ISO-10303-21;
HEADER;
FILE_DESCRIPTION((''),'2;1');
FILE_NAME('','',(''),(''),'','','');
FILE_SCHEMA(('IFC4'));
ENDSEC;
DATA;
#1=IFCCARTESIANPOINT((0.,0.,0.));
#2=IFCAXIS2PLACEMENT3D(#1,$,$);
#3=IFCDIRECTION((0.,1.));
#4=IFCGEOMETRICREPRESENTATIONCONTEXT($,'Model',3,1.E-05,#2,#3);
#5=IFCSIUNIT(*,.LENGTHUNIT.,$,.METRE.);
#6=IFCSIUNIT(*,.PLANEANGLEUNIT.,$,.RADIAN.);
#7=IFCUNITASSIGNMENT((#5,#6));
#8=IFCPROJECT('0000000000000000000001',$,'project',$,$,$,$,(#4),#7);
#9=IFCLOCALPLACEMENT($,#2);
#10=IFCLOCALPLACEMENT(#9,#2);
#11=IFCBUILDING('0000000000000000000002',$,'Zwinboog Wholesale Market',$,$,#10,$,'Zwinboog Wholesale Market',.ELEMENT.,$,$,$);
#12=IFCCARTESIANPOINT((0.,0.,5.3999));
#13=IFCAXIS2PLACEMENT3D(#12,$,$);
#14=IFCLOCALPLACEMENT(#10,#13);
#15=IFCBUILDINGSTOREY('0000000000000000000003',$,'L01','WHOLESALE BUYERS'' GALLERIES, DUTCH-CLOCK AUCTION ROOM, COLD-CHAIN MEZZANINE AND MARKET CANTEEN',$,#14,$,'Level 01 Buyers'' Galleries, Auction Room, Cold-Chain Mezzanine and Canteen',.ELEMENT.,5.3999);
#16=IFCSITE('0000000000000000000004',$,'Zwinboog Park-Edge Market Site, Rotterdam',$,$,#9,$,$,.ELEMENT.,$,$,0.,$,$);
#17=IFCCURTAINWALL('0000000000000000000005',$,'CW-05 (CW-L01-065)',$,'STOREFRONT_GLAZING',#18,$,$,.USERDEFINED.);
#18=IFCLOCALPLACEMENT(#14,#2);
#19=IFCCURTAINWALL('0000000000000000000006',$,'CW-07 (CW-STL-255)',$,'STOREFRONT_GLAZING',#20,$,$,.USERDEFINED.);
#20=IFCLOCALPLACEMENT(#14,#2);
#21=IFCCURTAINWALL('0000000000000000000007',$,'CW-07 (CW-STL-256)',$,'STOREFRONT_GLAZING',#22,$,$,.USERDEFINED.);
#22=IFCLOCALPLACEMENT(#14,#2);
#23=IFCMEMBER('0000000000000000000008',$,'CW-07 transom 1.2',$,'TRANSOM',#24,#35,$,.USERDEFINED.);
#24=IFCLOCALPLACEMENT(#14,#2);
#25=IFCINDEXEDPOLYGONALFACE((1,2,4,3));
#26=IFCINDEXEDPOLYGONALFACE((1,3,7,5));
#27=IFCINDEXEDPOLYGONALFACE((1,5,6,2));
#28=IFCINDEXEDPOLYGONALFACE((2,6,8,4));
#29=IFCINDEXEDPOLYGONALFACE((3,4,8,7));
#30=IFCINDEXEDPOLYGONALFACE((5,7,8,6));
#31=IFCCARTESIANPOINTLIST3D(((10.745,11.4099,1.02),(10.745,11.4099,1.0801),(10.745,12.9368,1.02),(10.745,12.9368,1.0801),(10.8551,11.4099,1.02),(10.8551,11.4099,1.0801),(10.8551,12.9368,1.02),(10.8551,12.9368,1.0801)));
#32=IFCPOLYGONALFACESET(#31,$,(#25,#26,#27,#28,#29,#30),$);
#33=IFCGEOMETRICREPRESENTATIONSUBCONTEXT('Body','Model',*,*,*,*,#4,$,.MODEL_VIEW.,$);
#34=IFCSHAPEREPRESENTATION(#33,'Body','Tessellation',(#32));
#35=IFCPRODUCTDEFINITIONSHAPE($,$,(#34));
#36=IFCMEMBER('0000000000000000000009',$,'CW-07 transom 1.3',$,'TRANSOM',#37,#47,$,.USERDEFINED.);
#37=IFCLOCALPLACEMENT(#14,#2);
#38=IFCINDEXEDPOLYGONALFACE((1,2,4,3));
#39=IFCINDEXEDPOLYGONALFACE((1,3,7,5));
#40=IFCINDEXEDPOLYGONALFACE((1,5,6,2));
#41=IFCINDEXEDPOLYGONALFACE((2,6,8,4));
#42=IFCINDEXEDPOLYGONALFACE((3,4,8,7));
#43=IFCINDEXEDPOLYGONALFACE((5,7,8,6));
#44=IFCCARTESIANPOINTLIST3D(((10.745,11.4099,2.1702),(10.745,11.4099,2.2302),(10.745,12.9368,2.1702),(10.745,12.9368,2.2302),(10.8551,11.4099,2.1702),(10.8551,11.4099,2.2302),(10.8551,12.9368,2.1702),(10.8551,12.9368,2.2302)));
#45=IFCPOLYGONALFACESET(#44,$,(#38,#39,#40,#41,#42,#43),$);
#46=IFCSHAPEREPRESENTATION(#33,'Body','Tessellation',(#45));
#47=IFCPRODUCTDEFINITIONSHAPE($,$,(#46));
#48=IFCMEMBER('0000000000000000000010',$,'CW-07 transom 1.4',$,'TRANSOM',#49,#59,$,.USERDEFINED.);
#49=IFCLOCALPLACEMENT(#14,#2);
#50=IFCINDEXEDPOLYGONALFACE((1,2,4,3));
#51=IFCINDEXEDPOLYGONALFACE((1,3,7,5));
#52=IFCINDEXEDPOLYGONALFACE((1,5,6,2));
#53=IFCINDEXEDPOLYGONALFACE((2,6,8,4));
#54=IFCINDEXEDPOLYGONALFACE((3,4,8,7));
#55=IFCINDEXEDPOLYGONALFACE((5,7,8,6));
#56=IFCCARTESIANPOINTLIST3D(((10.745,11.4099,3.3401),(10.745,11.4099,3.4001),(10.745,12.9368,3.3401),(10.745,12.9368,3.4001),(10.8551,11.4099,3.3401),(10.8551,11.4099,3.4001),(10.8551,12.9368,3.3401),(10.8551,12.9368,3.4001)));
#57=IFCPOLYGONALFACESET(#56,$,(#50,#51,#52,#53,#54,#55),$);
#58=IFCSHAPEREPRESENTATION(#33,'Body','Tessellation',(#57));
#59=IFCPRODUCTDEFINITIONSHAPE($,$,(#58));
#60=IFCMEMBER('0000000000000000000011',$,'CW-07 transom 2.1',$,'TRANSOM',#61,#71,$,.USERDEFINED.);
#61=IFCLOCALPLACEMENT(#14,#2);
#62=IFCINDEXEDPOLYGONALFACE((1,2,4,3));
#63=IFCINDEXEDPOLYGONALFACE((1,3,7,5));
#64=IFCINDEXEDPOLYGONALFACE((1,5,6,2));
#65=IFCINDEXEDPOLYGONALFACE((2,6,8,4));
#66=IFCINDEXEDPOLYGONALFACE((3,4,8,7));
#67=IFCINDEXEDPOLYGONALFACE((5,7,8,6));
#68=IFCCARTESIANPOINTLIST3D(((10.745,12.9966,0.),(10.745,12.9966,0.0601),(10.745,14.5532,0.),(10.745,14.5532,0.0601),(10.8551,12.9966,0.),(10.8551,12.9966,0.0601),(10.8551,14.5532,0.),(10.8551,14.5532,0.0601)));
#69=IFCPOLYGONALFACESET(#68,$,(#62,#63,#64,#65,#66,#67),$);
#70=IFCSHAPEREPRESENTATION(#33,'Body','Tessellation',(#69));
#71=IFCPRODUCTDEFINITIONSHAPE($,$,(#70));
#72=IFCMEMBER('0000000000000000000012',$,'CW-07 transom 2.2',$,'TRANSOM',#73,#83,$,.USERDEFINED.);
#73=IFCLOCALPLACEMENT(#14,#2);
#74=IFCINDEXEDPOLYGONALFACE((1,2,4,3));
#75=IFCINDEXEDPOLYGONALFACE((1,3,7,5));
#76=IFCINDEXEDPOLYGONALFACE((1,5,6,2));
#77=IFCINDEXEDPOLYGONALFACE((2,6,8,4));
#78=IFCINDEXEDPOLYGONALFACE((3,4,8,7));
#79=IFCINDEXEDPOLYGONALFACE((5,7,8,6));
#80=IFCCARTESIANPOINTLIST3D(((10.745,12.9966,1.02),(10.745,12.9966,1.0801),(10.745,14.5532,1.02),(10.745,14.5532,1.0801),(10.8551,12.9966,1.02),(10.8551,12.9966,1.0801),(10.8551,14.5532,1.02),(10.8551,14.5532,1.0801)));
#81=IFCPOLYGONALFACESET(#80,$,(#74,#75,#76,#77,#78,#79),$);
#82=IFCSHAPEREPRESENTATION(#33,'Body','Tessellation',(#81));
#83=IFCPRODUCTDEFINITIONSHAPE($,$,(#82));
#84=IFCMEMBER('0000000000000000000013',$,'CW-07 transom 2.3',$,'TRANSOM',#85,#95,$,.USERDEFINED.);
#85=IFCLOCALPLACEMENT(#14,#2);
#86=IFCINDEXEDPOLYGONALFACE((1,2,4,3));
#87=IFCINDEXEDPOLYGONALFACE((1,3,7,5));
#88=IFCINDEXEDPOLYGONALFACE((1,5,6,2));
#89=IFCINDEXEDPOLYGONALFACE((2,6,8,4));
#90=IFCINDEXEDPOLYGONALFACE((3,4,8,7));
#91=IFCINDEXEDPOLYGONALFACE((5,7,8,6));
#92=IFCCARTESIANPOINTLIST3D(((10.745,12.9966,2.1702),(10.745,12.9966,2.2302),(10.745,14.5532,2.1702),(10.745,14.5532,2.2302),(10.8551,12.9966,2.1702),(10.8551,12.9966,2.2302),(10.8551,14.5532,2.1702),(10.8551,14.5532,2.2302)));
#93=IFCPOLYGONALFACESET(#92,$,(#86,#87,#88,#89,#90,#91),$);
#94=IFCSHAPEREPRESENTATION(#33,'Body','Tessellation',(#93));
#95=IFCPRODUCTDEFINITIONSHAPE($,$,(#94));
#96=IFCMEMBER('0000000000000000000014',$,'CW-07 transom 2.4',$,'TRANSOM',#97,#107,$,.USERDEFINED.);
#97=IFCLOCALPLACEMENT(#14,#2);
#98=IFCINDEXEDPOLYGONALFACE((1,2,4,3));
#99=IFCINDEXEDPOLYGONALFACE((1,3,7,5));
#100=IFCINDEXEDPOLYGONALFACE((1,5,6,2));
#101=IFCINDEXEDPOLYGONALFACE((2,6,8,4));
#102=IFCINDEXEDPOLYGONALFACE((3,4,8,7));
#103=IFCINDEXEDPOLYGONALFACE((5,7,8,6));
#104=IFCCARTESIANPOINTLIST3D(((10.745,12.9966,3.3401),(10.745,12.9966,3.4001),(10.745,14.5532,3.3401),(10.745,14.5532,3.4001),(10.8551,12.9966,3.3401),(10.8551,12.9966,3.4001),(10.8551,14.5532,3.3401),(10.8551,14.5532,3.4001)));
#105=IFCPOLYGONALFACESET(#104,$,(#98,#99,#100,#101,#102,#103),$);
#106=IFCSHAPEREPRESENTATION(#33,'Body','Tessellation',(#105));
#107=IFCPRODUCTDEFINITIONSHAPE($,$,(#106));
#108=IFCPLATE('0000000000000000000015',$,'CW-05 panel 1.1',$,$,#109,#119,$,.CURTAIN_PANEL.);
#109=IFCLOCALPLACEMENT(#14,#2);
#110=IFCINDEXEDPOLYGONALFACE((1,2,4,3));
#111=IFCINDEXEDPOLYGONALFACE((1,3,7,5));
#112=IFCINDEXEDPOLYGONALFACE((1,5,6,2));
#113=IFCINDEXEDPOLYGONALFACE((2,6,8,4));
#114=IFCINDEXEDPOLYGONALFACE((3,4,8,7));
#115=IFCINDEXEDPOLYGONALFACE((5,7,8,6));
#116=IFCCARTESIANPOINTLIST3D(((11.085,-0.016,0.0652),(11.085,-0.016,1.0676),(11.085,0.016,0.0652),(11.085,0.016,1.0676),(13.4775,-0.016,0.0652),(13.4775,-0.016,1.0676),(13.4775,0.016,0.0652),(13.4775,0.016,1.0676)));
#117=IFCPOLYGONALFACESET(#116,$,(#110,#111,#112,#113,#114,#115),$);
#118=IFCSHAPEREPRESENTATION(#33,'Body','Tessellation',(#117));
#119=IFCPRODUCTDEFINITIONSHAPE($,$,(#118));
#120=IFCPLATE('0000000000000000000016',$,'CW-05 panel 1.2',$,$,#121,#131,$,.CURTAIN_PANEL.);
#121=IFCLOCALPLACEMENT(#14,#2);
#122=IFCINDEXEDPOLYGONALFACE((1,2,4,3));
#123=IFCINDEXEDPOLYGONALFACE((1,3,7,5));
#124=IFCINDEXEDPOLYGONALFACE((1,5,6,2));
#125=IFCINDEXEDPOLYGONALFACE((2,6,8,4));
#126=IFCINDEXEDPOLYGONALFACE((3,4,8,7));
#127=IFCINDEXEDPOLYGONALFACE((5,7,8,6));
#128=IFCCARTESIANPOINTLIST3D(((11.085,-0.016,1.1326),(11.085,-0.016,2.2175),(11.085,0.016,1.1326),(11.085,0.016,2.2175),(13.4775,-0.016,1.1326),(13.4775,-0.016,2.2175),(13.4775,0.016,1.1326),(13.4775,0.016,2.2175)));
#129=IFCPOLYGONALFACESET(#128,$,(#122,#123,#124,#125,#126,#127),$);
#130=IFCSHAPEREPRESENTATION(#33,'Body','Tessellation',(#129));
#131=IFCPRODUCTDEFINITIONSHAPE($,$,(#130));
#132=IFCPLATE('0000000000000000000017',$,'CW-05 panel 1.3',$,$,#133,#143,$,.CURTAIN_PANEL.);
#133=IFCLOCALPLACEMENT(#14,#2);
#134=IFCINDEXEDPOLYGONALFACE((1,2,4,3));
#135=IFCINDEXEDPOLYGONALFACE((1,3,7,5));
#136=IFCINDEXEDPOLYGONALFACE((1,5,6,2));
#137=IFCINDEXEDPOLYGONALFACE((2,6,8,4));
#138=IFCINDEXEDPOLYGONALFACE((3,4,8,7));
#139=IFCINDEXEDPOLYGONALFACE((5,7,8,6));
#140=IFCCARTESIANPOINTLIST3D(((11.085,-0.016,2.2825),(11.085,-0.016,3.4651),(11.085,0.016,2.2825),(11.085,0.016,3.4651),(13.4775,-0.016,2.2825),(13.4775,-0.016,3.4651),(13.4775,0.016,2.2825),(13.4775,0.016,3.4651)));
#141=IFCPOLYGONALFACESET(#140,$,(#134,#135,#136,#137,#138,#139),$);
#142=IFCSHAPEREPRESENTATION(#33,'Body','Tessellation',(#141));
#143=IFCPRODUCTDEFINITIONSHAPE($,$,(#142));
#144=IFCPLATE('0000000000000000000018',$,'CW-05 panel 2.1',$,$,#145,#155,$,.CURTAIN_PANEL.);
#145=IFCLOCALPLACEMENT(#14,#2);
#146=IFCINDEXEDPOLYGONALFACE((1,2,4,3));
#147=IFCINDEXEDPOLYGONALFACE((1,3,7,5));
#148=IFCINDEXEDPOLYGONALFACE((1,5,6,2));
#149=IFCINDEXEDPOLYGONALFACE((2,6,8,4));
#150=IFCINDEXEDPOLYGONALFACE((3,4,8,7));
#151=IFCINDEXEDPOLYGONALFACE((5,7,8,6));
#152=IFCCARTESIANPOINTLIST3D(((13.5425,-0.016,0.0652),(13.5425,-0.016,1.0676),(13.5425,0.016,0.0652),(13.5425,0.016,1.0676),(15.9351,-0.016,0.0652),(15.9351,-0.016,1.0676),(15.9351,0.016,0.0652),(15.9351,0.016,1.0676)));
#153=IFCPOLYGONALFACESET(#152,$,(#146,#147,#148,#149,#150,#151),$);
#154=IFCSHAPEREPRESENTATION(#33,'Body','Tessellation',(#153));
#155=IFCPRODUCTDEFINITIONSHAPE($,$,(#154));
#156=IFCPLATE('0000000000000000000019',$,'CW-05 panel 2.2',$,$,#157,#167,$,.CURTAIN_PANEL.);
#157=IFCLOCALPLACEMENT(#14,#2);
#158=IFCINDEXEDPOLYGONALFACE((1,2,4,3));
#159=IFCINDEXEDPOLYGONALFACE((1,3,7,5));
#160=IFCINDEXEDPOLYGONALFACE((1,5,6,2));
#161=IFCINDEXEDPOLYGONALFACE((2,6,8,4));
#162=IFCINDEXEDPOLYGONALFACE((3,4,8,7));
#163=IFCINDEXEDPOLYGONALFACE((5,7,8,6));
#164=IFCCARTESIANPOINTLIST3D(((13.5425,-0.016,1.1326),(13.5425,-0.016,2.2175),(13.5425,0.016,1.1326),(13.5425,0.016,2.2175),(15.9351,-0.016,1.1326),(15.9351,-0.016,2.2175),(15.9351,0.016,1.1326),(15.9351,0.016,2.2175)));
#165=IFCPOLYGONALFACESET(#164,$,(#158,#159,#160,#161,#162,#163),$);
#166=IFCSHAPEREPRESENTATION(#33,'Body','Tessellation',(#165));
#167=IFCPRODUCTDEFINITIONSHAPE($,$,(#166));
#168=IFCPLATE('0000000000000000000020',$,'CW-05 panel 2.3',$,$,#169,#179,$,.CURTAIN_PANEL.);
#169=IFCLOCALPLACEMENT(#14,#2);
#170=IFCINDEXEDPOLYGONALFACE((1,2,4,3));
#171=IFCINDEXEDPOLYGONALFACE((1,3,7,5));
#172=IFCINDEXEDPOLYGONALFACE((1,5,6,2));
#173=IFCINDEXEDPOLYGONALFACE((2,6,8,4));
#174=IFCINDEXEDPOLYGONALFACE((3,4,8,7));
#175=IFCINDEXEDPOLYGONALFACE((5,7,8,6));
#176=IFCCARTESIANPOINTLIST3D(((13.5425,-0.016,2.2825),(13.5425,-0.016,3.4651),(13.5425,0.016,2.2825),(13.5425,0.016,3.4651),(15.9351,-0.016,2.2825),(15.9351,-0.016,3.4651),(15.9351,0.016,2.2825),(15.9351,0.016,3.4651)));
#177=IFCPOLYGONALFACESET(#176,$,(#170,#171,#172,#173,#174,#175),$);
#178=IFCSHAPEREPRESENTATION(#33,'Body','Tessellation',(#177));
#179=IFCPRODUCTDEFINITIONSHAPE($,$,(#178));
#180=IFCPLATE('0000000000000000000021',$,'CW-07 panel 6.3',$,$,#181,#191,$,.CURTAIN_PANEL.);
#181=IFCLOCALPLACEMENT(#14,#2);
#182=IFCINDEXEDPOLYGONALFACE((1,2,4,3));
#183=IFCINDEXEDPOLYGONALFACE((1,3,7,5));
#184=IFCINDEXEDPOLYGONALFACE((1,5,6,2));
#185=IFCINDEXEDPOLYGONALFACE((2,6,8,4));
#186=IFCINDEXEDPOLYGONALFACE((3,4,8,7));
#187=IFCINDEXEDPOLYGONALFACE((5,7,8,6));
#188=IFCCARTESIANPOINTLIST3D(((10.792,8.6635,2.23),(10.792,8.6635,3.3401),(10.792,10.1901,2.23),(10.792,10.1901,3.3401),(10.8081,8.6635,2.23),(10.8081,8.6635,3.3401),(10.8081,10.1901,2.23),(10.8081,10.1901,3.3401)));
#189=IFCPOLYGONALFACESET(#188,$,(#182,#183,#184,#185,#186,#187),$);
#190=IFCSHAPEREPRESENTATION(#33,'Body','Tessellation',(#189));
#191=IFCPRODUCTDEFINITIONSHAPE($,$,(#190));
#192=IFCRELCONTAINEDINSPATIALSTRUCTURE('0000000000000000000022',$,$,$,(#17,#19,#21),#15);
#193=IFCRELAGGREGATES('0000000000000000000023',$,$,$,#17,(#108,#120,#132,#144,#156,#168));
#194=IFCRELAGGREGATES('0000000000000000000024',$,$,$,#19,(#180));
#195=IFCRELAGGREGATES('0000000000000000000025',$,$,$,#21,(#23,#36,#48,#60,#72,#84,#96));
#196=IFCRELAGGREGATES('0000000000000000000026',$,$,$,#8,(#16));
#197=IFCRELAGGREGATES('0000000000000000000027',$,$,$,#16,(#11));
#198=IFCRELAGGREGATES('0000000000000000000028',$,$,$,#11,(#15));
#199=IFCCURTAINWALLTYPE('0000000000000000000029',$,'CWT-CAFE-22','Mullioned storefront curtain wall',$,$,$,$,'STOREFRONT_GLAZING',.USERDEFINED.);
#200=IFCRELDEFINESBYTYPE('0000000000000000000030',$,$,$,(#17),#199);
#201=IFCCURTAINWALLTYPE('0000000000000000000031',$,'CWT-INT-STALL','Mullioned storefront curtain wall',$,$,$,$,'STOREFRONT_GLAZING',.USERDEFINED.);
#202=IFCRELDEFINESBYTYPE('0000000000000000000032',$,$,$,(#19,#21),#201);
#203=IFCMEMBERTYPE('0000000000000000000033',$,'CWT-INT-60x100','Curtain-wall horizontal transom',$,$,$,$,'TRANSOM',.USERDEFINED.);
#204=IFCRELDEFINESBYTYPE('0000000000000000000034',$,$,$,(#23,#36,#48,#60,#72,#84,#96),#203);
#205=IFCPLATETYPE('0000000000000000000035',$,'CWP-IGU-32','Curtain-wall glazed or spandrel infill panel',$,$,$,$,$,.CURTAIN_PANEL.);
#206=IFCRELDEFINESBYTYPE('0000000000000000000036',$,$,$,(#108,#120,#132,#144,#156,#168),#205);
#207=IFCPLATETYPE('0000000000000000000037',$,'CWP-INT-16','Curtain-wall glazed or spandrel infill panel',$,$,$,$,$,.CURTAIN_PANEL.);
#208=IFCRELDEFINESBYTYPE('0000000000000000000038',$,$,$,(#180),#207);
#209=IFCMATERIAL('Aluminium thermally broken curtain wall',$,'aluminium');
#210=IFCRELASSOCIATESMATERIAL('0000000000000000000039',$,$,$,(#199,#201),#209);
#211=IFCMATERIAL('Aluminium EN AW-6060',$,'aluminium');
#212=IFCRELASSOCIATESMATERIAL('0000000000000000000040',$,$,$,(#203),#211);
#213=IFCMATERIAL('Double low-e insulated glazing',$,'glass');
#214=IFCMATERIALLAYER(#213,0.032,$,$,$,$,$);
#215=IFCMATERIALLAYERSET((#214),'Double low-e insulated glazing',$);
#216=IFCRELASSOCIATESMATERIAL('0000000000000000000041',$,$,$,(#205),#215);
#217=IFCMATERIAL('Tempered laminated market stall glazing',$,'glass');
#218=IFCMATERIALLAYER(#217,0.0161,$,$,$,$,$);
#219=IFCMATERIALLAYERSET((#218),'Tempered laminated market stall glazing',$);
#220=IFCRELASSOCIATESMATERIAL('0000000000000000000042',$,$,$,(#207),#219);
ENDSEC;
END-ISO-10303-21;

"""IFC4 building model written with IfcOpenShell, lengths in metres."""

from ifc_helpers import new_model, si_unit, direction, frame, origin, origin_2d, place, context, subcontext, project, spatial, rectangle, extrude, material, layer, layer_set, material_profile, profile_set, type_object, element, aggregate, save


model = new_model("IFC4")

# Units and contexts
model_context = context("Model", 3, precision=1e-05, world=origin(), true_north=direction((0.0, 1.0)))
body_context = subcontext(model_context, "Body", "Model", "MODEL_VIEW")
ifc_project = project(units=[si_unit("LENGTHUNIT", "METRE"), si_unit("PLANEANGLEUNIT", "RADIAN")], contexts=[model_context])

# Site, building, storey
site_placement = place(None, origin())
site = spatial("IfcSite", under=ifc_project, at=site_placement, Name="Zwinboog Park-Edge Market Site, Rotterdam", CompositionType="ELEMENT", RefElevation=0.0)
building_placement = place(site_placement, origin())
building = spatial("IfcBuilding", under=site, at=building_placement, Name="Zwinboog Wholesale Market", LongName="Zwinboog Wholesale Market", CompositionType="ELEMENT")
storey_placement = place(building_placement, frame((0.0, 0.0, 5.3999)))
storey = spatial("IfcBuildingStorey", under=building, at=storey_placement, Name="L01", Description="WHOLESALE BUYERS' GALLERIES, DUTCH-CLOCK AUCTION ROOM, COLD-CHAIN MEZZANINE AND MARKET CANTEEN", LongName="Level 01 Buyers' Galleries, Auction Room, Cold-Chain Mezzanine and Canteen", CompositionType="ELEMENT", Elevation=5.3999)

# Curtain wall
ifc_material_1 = material(Name="Aluminium thermally broken curtain wall", Category="aluminium")
curtain_wall_type_1 = type_object("IfcCurtainWallType", Name="CWT-CAFE-22", Description="Mullioned storefront curtain wall", ElementType="STOREFRONT_GLAZING", PredefinedType="USERDEFINED", material=ifc_material_1)
curtain_wall_1_placement = place(storey_placement, origin())
curtain_wall_1 = element("IfcCurtainWall", 1, at=curtain_wall_1_placement, inside=storey, type_object=curtain_wall_type_1, Name="CW-05 (CW-L01-065)", ObjectType="STOREFRONT_GLAZING", PredefinedType="USERDEFINED")
ifc_material_2 = material(Name="Aluminium EN AW-6060", Category="aluminium")

# Curtain wall
curtain_wall_type_2 = type_object("IfcCurtainWallType", Name="CWT-INT-STALL", Description="Mullioned storefront curtain wall", ElementType="STOREFRONT_GLAZING", PredefinedType="USERDEFINED", material=ifc_material_1)
curtain_wall_2_placement = place(storey_placement, origin())
curtain_wall_2 = element("IfcCurtainWall", 2, at=curtain_wall_2_placement, inside=storey, type_object=curtain_wall_type_2, Name="CW-07 (CW-STL-255)", ObjectType="STOREFRONT_GLAZING", PredefinedType="USERDEFINED")

# Curtain wall, members
curtain_wall_3_placement = place(storey_placement, origin())
curtain_wall_3 = element("IfcCurtainWall", 3, at=curtain_wall_3_placement, inside=storey, type_object=curtain_wall_type_2, Name="CW-07 (CW-STL-256)", ObjectType="STOREFRONT_GLAZING", PredefinedType="USERDEFINED")
ifc_material_profile_1 = material_profile(ifc_material_2, rectangle(XDim=0.1101, YDim=0.0601, at=origin_2d()), Name="AL 60x110")
ifc_profile_set_1 = profile_set([ifc_material_profile_1], Name="Aluminium EN AW-6060")
member_type_1 = type_object("IfcMemberType", Name="CWT-INT-60x100", Description="Curtain-wall horizontal transom", ElementType="TRANSOM", PredefinedType="USERDEFINED", material=ifc_profile_set_1)
member_1_placement = place(storey_placement, frame((10.8, 11.4099, 1.05), z_axis=(0.0, 1.0, 0.0), x_axis=(-1.0, 0.0, 0.0)))
member_1 = element("IfcMember", 4, at=member_1_placement, type_object=member_type_1, Name="CW-07 transom 1.2", ObjectType="TRANSOM", PredefinedType="USERDEFINED", context=body_context, shape_type="SweptSolid", body=[
    extrude(rectangle(XDim=0.1101, YDim=0.0601, at=origin_2d()), origin(), (0.0, 0.0, 1.0), 1.5269),
])
member_2_placement = place(storey_placement, frame((10.8, 11.4099, 2.2002), z_axis=(0.0, 1.0, 0.0), x_axis=(-1.0, 0.0, 0.0)))
member_2 = element("IfcMember", 5, at=member_2_placement, type_object=member_type_1, Name="CW-07 transom 1.3", ObjectType="TRANSOM", PredefinedType="USERDEFINED", context=body_context, shape_type="SweptSolid", body=[
    extrude(rectangle(XDim=0.1101, YDim=0.0601, at=origin_2d()), origin(), (0.0, 0.0, 1.0), 1.5269),
])
member_3_placement = place(storey_placement, frame((10.8, 11.4099, 3.3701), z_axis=(0.0, 1.0, 0.0), x_axis=(-1.0, 0.0, 0.0)))
member_3 = element("IfcMember", 6, at=member_3_placement, type_object=member_type_1, Name="CW-07 transom 1.4", ObjectType="TRANSOM", PredefinedType="USERDEFINED", context=body_context, shape_type="SweptSolid", body=[
    extrude(rectangle(XDim=0.1101, YDim=0.0601, at=origin_2d()), origin(), (0.0, 0.0, 1.0), 1.5269),
])
member_4_placement = place(storey_placement, frame((10.8, 12.9966, 0.03), z_axis=(0.0, 1.0, 0.0), x_axis=(-1.0, 0.0, 0.0)))
member_4 = element("IfcMember", 7, at=member_4_placement, type_object=member_type_1, Name="CW-07 transom 2.1", ObjectType="TRANSOM", PredefinedType="USERDEFINED", context=body_context, shape_type="SweptSolid", body=[
    extrude(rectangle(XDim=0.1101, YDim=0.0601, at=origin_2d()), origin(), (0.0, 0.0, 1.0), 1.5566),
])
member_5_placement = place(storey_placement, frame((10.8, 12.9966, 1.05), z_axis=(0.0, 1.0, 0.0), x_axis=(-1.0, 0.0, 0.0)))
member_5 = element("IfcMember", 8, at=member_5_placement, type_object=member_type_1, Name="CW-07 transom 2.2", ObjectType="TRANSOM", PredefinedType="USERDEFINED", context=body_context, shape_type="SweptSolid", body=[
    extrude(rectangle(XDim=0.1101, YDim=0.0601, at=origin_2d()), origin(), (0.0, 0.0, 1.0), 1.5566),
])
member_6_placement = place(storey_placement, frame((10.8, 12.9966, 2.2002), z_axis=(0.0, 1.0, 0.0), x_axis=(-1.0, 0.0, 0.0)))
member_6 = element("IfcMember", 9, at=member_6_placement, type_object=member_type_1, Name="CW-07 transom 2.3", ObjectType="TRANSOM", PredefinedType="USERDEFINED", context=body_context, shape_type="SweptSolid", body=[
    extrude(rectangle(XDim=0.1101, YDim=0.0601, at=origin_2d()), origin(), (0.0, 0.0, 1.0), 1.5566),
])
member_7_placement = place(storey_placement, frame((10.8, 12.9966, 3.3701), z_axis=(0.0, 1.0, 0.0), x_axis=(-1.0, 0.0, 0.0)))
member_7 = element("IfcMember", 10, at=member_7_placement, type_object=member_type_1, Name="CW-07 transom 2.4", ObjectType="TRANSOM", PredefinedType="USERDEFINED", context=body_context, shape_type="SweptSolid", body=[
    extrude(rectangle(XDim=0.1101, YDim=0.0601, at=origin_2d()), origin(), (0.0, 0.0, 1.0), 1.5566),
])

# Plates
ifc_material_3 = material(Name="Double low-e insulated glazing", Category="glass")
ifc_layer_1 = layer(ifc_material_3, 0.032)
ifc_layer_set_1 = layer_set([ifc_layer_1], Name="Double low-e insulated glazing")
plate_type_1 = type_object("IfcPlateType", Name="CWP-IGU-32", Description="Curtain-wall glazed or spandrel infill panel", PredefinedType="CURTAIN_PANEL", material=ifc_layer_set_1)
plate_1_placement = place(storey_placement, frame((12.2812, 0.0, 0.0652), z_axis=(0.0, 0.0, 1.0), x_axis=(1.0, 0.0, 0.0)))
plate_1 = element("IfcPlate", 11, at=plate_1_placement, type_object=plate_type_1, Name="CW-05 panel 1.1", PredefinedType="CURTAIN_PANEL", context=body_context, shape_type="SweptSolid", body=[
    extrude(rectangle(XDim=2.3926, YDim=0.032, at=origin_2d()), origin(), (0.0, 0.0, 1.0), 1.0024),
])
plate_2_placement = place(storey_placement, frame((12.2812, 0.0, 1.1326), z_axis=(0.0, 0.0, 1.0), x_axis=(1.0, 0.0, 0.0)))
plate_2 = element("IfcPlate", 12, at=plate_2_placement, type_object=plate_type_1, Name="CW-05 panel 1.2", PredefinedType="CURTAIN_PANEL", context=body_context, shape_type="SweptSolid", body=[
    extrude(rectangle(XDim=2.3926, YDim=0.032, at=origin_2d()), origin(), (0.0, 0.0, 1.0), 1.085),
])
plate_3_placement = place(storey_placement, frame((12.2812, 0.0, 2.2825), z_axis=(0.0, 0.0, 1.0), x_axis=(1.0, 0.0, 0.0)))
plate_3 = element("IfcPlate", 13, at=plate_3_placement, type_object=plate_type_1, Name="CW-05 panel 1.3", PredefinedType="CURTAIN_PANEL", context=body_context, shape_type="SweptSolid", body=[
    extrude(rectangle(XDim=2.3926, YDim=0.032, at=origin_2d()), origin(), (0.0, 0.0, 1.0), 1.1826),
])
plate_4_placement = place(storey_placement, frame((14.7388, 0.0, 0.0652), z_axis=(0.0, 0.0, 1.0), x_axis=(1.0, 0.0, 0.0)))
plate_4 = element("IfcPlate", 14, at=plate_4_placement, type_object=plate_type_1, Name="CW-05 panel 2.1", PredefinedType="CURTAIN_PANEL", context=body_context, shape_type="SweptSolid", body=[
    extrude(rectangle(XDim=2.3926, YDim=0.032, at=origin_2d()), origin(), (0.0, 0.0, 1.0), 1.0024),
])
plate_5_placement = place(storey_placement, frame((14.7388, 0.0, 1.1326), z_axis=(0.0, 0.0, 1.0), x_axis=(1.0, 0.0, 0.0)))
plate_5 = element("IfcPlate", 15, at=plate_5_placement, type_object=plate_type_1, Name="CW-05 panel 2.2", PredefinedType="CURTAIN_PANEL", context=body_context, shape_type="SweptSolid", body=[
    extrude(rectangle(XDim=2.3926, YDim=0.032, at=origin_2d()), origin(), (0.0, 0.0, 1.0), 1.085),
])
plate_6_placement = place(storey_placement, frame((14.7388, 0.0, 2.2825), z_axis=(0.0, 0.0, 1.0), x_axis=(1.0, 0.0, 0.0)))
plate_6 = element("IfcPlate", 16, at=plate_6_placement, type_object=plate_type_1, Name="CW-05 panel 2.3", PredefinedType="CURTAIN_PANEL", context=body_context, shape_type="SweptSolid", body=[
    extrude(rectangle(XDim=2.3926, YDim=0.032, at=origin_2d()), origin(), (0.0, 0.0, 1.0), 1.1826),
])
aggregate(curtain_wall_1, [plate_1, plate_2, plate_3, plate_4, plate_5, plate_6])
ifc_material_4 = material(Name="Tempered laminated market stall glazing", Category="glass")
ifc_layer_2 = layer(ifc_material_4, 0.0161)
ifc_layer_set_2 = layer_set([ifc_layer_2], Name="Tempered laminated market stall glazing")
plate_type_2 = type_object("IfcPlateType", Name="CWP-INT-16", Description="Curtain-wall glazed or spandrel infill panel", PredefinedType="CURTAIN_PANEL", material=ifc_layer_set_2)
plate_7_placement = place(storey_placement, frame((10.8, 9.4268, 2.23), z_axis=(0.0, 0.0, 1.0), x_axis=(0.0, 1.0, 0.0)))
plate_7 = element("IfcPlate", 17, at=plate_7_placement, type_object=plate_type_2, Name="CW-07 panel 6.3", PredefinedType="CURTAIN_PANEL", context=body_context, shape_type="SweptSolid", body=[
    extrude(rectangle(XDim=1.5266, YDim=0.0161, at=origin_2d()), origin(), (0.0, 0.0, 1.0), 1.1101),
])
aggregate(curtain_wall_2, [plate_7])
aggregate(curtain_wall_3, [member_1, member_2, member_3, member_4, member_5, member_6, member_7])

save(model, "model.ifc")
